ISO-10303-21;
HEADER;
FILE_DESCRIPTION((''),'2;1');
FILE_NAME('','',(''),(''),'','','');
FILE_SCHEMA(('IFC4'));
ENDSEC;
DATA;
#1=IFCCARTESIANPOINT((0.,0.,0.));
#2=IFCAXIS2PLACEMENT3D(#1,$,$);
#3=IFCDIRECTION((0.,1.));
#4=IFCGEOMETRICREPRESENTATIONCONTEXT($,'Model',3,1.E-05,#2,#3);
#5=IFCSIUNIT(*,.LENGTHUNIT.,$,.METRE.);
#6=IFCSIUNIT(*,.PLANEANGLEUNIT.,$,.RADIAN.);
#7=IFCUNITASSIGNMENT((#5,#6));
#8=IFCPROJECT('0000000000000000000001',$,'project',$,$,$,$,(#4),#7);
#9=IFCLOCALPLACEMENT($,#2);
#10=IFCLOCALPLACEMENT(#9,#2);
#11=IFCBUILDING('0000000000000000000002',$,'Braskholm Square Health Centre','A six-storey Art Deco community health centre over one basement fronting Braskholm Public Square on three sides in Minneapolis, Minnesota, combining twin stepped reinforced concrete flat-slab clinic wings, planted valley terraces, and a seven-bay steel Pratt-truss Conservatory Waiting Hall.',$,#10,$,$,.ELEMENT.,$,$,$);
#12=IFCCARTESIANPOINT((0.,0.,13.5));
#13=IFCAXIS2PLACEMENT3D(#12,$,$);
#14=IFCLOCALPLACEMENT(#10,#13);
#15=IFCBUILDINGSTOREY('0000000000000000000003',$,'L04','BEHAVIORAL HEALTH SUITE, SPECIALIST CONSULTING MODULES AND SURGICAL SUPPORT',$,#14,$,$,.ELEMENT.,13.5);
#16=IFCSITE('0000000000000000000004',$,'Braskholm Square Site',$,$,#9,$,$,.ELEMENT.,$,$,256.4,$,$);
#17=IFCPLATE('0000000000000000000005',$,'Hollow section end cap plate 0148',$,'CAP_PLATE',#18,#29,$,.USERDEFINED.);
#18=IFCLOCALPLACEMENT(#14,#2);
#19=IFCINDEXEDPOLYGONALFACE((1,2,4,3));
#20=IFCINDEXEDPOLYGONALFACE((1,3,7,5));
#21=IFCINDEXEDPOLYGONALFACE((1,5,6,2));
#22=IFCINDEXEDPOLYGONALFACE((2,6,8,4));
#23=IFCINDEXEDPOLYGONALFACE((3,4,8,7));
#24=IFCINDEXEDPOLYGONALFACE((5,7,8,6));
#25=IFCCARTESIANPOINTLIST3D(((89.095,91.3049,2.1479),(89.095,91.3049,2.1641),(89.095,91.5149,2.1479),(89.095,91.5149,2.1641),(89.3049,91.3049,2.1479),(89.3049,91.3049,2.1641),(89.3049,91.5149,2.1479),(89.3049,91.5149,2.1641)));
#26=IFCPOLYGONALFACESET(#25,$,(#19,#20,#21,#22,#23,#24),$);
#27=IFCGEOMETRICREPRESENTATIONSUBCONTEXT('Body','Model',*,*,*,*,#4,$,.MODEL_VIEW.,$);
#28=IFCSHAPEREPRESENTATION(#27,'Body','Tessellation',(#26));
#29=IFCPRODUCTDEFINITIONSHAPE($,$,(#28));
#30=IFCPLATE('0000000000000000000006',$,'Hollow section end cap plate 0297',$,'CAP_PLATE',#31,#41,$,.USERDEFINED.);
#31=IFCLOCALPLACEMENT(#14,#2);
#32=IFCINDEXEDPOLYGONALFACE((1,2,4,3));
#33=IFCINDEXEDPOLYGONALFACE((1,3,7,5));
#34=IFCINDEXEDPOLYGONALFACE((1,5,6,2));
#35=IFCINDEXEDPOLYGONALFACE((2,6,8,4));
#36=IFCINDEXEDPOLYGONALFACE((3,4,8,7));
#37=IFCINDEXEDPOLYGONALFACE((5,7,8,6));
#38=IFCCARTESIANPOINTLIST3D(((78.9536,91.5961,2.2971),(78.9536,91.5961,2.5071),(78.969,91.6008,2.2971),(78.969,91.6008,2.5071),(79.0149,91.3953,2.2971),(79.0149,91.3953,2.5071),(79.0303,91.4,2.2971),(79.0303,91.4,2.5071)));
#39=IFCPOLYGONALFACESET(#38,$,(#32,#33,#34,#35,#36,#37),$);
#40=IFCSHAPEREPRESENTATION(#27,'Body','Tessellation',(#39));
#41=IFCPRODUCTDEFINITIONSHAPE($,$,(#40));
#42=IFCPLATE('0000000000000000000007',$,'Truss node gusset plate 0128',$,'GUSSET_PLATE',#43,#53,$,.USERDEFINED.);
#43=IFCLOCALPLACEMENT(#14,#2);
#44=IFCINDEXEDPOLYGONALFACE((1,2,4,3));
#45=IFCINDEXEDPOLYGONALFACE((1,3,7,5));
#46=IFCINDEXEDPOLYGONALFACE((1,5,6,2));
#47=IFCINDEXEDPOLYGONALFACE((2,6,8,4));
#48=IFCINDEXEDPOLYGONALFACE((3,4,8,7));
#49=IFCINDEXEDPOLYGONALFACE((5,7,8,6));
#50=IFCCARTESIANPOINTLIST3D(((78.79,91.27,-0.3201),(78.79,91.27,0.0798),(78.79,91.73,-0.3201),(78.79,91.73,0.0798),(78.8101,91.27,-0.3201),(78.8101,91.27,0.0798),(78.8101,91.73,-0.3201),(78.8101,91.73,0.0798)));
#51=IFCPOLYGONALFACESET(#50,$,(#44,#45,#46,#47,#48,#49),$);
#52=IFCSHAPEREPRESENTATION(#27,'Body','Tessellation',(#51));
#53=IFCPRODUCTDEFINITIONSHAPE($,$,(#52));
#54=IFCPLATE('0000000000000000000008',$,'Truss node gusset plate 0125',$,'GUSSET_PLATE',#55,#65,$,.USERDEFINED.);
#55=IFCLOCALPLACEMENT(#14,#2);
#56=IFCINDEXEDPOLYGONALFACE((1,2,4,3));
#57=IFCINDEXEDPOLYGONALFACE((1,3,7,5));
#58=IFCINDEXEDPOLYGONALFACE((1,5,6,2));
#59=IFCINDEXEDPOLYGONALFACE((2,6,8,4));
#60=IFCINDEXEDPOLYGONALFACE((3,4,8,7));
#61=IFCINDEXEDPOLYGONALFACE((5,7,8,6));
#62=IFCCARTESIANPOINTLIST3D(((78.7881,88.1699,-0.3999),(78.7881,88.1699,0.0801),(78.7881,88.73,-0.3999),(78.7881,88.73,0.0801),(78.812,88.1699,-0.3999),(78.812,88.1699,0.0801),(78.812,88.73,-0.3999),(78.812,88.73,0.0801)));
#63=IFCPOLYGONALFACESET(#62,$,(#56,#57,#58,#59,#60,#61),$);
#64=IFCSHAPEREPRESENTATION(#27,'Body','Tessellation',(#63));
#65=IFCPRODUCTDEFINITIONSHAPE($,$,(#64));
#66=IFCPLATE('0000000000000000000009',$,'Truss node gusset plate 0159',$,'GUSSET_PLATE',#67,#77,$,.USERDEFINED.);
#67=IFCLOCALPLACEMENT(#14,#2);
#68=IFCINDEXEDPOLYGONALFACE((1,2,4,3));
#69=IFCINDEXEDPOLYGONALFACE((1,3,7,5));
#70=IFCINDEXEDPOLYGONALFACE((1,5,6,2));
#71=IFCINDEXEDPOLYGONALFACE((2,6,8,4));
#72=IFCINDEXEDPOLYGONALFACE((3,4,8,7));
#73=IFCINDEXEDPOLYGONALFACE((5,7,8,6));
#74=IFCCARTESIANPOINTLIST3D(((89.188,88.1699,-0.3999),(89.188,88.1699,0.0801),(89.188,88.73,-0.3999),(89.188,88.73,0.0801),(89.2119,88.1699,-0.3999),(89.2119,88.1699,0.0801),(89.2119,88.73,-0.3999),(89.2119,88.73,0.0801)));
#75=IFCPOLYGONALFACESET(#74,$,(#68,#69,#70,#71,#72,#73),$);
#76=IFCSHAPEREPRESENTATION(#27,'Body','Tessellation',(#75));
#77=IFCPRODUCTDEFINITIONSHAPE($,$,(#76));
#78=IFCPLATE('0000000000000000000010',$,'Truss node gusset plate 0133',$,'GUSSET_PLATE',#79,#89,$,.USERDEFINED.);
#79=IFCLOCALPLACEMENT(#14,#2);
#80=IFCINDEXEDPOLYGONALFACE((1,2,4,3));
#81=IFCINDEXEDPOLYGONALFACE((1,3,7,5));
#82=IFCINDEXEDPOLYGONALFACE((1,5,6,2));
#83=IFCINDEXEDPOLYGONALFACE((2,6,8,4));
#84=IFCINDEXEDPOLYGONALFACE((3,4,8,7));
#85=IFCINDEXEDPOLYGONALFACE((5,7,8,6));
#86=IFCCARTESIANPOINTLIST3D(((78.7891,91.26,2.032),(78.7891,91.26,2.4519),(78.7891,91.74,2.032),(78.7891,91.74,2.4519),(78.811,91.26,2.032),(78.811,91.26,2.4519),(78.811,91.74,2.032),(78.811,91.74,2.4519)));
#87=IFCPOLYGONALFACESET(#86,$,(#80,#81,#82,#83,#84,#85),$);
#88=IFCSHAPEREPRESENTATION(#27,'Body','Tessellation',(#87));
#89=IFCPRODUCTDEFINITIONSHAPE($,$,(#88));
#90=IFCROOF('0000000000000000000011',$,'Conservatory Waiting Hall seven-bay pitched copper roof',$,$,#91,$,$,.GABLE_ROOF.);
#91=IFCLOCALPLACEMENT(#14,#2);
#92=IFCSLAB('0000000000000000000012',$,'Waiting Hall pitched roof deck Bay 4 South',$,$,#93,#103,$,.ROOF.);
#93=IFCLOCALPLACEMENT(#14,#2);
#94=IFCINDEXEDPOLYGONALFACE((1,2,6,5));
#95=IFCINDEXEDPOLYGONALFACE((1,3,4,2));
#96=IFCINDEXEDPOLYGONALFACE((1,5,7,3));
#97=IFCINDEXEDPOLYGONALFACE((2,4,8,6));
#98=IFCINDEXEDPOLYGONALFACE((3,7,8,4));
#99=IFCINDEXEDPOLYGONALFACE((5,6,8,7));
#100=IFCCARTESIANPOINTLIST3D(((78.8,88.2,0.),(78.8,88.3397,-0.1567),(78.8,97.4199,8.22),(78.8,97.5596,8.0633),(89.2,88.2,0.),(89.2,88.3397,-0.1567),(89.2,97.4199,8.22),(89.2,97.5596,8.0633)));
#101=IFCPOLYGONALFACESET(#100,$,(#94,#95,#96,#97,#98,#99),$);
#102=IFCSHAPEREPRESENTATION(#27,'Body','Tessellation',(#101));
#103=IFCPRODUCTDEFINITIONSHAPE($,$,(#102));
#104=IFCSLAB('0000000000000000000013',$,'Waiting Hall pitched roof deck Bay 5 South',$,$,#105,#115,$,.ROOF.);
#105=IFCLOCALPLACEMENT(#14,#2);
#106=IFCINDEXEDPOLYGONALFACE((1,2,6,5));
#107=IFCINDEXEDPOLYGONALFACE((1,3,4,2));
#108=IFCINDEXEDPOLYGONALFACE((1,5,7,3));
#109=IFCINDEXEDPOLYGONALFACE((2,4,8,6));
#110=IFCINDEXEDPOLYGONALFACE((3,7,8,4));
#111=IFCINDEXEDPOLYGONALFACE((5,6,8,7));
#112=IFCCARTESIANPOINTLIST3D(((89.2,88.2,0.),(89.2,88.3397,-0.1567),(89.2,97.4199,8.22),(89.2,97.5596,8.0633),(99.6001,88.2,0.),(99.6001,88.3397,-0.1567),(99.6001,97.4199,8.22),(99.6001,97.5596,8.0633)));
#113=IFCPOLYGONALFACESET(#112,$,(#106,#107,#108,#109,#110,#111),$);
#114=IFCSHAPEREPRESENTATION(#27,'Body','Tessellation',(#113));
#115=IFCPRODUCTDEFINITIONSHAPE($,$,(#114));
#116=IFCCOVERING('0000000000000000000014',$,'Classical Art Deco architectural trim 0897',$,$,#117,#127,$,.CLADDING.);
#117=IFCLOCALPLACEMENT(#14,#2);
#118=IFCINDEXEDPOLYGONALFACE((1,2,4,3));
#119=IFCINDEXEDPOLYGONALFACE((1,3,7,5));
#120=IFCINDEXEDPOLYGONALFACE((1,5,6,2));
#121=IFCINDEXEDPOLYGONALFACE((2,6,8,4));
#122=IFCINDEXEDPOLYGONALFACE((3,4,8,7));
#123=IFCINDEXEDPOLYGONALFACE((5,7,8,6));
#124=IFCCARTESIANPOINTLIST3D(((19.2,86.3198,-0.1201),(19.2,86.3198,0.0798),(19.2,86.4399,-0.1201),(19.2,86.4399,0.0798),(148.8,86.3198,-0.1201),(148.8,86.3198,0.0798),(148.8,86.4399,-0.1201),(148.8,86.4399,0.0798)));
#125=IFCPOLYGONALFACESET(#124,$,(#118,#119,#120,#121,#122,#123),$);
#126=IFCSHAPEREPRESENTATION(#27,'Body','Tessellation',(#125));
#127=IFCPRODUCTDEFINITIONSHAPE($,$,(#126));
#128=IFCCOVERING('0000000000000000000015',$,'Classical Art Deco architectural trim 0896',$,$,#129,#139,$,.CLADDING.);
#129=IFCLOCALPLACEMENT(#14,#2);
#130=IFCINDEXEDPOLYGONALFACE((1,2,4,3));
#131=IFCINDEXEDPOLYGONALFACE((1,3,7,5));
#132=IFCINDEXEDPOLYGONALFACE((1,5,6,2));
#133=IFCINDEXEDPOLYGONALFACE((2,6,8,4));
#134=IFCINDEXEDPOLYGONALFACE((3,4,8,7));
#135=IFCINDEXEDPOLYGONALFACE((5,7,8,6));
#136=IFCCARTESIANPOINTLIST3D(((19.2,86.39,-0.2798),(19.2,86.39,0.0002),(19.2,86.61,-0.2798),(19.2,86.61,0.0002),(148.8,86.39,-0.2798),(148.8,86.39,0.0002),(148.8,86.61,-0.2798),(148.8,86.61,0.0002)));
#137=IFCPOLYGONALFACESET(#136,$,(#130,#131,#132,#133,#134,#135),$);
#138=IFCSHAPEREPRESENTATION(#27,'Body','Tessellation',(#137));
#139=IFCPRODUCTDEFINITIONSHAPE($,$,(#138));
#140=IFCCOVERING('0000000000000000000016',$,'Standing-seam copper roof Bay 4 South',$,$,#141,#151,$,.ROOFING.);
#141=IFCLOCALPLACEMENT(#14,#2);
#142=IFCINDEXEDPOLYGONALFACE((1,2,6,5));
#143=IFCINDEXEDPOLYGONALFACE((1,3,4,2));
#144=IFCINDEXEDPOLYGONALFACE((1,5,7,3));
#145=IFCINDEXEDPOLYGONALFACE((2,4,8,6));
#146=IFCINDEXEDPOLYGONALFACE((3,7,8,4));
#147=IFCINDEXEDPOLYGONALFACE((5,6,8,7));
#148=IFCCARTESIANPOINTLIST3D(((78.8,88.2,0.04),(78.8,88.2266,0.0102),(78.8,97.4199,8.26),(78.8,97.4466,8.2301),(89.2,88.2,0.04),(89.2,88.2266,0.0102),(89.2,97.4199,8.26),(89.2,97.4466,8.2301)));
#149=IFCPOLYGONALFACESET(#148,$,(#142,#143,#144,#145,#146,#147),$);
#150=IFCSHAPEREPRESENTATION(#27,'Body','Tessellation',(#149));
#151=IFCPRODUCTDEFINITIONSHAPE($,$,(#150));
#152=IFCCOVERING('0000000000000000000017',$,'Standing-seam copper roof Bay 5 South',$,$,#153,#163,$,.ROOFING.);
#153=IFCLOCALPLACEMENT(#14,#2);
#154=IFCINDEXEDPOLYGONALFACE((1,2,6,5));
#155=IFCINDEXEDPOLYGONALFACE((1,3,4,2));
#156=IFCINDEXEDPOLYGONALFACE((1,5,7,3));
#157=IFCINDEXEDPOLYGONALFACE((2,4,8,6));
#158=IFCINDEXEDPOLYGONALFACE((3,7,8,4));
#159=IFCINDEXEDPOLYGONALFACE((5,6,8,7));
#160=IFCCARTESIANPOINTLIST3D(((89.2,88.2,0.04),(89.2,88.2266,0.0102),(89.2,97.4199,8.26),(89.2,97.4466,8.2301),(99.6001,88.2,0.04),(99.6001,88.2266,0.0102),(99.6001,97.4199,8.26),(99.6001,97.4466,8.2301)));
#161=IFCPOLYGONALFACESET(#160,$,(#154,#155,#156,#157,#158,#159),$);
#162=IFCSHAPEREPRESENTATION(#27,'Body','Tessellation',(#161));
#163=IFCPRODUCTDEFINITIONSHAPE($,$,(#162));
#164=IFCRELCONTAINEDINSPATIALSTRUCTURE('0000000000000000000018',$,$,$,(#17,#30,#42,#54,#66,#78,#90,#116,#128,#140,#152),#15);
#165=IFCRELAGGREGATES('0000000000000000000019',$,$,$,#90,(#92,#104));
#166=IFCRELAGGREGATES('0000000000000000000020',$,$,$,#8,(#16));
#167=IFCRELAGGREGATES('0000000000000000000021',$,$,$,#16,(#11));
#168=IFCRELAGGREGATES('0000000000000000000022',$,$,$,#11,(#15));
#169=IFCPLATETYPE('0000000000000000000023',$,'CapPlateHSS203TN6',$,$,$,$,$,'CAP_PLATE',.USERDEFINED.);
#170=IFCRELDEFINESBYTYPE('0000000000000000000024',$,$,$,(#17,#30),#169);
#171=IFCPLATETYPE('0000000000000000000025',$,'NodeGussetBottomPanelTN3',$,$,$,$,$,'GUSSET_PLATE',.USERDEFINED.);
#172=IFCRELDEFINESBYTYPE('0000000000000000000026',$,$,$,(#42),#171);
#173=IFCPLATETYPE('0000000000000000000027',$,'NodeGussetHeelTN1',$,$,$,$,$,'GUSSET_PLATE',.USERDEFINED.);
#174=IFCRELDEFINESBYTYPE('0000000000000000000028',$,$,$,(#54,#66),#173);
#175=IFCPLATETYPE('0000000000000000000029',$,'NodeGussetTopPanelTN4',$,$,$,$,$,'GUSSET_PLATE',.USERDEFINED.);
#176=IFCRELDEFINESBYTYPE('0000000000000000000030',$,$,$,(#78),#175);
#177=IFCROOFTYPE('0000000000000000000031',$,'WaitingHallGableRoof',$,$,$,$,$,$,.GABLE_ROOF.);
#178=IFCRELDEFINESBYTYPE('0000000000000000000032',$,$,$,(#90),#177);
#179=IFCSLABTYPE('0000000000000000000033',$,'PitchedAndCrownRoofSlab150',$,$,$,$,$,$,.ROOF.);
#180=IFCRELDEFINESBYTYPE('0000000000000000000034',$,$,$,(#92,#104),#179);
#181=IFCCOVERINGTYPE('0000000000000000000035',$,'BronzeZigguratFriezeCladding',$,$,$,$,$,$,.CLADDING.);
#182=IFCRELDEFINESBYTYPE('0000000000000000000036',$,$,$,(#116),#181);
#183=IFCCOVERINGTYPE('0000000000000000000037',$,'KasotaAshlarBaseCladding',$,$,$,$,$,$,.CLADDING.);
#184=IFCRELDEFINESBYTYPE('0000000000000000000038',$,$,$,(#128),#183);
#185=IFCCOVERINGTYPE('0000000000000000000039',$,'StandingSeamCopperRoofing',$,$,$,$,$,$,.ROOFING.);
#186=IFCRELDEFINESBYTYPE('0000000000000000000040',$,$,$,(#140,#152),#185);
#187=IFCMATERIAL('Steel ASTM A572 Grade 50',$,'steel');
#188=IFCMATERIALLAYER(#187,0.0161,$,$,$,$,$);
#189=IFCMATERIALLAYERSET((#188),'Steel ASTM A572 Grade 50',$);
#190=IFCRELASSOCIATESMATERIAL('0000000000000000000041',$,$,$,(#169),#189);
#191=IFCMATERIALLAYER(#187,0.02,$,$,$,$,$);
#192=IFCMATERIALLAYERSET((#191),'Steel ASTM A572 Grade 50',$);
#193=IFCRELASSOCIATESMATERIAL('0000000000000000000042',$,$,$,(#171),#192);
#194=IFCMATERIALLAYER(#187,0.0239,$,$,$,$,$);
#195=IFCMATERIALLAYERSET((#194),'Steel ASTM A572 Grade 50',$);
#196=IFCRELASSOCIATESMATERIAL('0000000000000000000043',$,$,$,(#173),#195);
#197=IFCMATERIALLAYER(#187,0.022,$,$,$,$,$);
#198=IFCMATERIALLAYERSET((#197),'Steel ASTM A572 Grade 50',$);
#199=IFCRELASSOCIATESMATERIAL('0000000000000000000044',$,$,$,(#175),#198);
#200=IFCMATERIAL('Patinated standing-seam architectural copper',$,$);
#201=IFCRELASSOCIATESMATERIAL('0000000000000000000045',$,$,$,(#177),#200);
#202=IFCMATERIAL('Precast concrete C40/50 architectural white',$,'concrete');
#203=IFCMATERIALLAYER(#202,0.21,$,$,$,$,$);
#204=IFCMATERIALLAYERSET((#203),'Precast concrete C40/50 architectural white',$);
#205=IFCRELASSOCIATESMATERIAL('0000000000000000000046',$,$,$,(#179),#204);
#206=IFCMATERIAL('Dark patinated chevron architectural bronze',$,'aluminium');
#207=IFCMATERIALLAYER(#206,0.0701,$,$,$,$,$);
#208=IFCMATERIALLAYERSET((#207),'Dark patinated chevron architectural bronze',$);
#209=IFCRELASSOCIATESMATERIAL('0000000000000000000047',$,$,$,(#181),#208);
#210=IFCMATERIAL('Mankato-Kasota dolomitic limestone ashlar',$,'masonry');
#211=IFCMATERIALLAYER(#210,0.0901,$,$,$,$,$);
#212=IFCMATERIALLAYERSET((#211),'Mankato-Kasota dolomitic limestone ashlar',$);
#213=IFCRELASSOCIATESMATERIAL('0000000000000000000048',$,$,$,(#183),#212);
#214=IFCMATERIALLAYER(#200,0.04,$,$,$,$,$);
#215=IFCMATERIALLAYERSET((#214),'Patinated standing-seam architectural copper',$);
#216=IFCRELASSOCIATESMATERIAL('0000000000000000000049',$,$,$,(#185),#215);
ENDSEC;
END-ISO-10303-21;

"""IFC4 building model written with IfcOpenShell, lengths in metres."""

from ifc_helpers import new_model, si_unit, direction, frame, origin, origin_2d, place, context, subcontext, project, spatial, polyline, rectangle, outline, extrude, material, layer, layer_set, type_object, element, aggregate, save


model = new_model("IFC4")

# Units and contexts
model_context = context("Model", 3, precision=1e-05, world=origin(), true_north=direction((0.0, 1.0)))
body_context = subcontext(model_context, "Body", "Model", "MODEL_VIEW")
ifc_project = project(units=[si_unit("LENGTHUNIT", "METRE"), si_unit("PLANEANGLEUNIT", "RADIAN")], contexts=[model_context])

# Site, building, storey
site_placement = place(None, origin())
site = spatial("IfcSite", under=ifc_project, at=site_placement, Name="Braskholm Square Site", CompositionType="ELEMENT", RefElevation=256.4)
building_placement = place(site_placement, origin())
building = spatial("IfcBuilding", under=site, at=building_placement, Name="Braskholm Square Health Centre", Description="A six-storey Art Deco community health centre over one basement fronting Braskholm Public Square on three sides in Minneapolis, Minnesota, combining twin stepped reinforced concrete flat-slab clinic wings, planted valley terraces, and a seven-bay steel Pratt-truss Conservatory Waiting Hall.", CompositionType="ELEMENT")
storey_placement = place(building_placement, frame((0.0, 0.0, 13.5)))
storey = spatial("IfcBuildingStorey", under=building, at=storey_placement, Name="L04", Description="BEHAVIORAL HEALTH SUITE, SPECIALIST CONSULTING MODULES AND SURGICAL SUPPORT", CompositionType="ELEMENT", Elevation=13.5)

# Plates
ifc_material_1 = material(Name="Steel ASTM A572 Grade 50", Category="steel")
ifc_layer_1 = layer(ifc_material_1, 0.0161)
ifc_layer_set_1 = layer_set([ifc_layer_1], Name="Steel ASTM A572 Grade 50")
plate_type_1 = type_object("IfcPlateType", Name="CapPlateHSS203TN6", ElementType="CAP_PLATE", PredefinedType="USERDEFINED", material=ifc_layer_set_1)
for number, where, z_axis, x_axis, name in (
    (1, (89.2, 91.4099, 2.1479), (0.0, 0.0, 1.0), (1.0, 0.0, 0.0), "Hollow section end cap plate 0148"),
):
    element("IfcPlate", number, at=place(storey_placement, frame(where, z_axis=z_axis, x_axis=x_axis)), inside=storey, type_object=plate_type_1, Name=name, ObjectType="CAP_PLATE", PredefinedType="USERDEFINED", context=body_context, shape_type="SweptSolid", body=[
        extrude(rectangle(XDim=0.21, YDim=0.21, at=origin_2d()), origin(), (0.0, 0.0, 1.0), 0.0161),
    ])
plate_1_placement = place(storey_placement, frame((78.9919, 91.498, 2.2971), z_axis=(0.0, 0.0, 1.0), x_axis=(0.956498, 0.291737, 0.0)))
element("IfcPlate", 2, at=plate_1_placement, inside=storey, type_object=plate_type_1, Name="Hollow section end cap plate 0297", ObjectType="CAP_PLATE", PredefinedType="USERDEFINED", context=body_context, shape_type="SweptSolid", body=[
    extrude(rectangle(XDim=0.0161, YDim=0.21, at=origin_2d()), origin(), (0.0, 0.0, 1.0), 0.21),
])
ifc_layer_2 = layer(ifc_material_1, 0.02)
ifc_layer_set_2 = layer_set([ifc_layer_2], Name="Steel ASTM A572 Grade 50")
plate_type_2 = type_object("IfcPlateType", Name="NodeGussetBottomPanelTN3", ElementType="GUSSET_PLATE", PredefinedType="USERDEFINED", material=ifc_layer_set_2)
plate_2_placement = place(storey_placement, frame((78.8, 91.5, -0.3201), z_axis=(0.0, 0.0, 1.0), x_axis=(1.0, 0.0, 0.0)))
element("IfcPlate", 3, at=plate_2_placement, inside=storey, type_object=plate_type_2, Name="Truss node gusset plate 0128", ObjectType="GUSSET_PLATE", PredefinedType="USERDEFINED", context=body_context, shape_type="SweptSolid", body=[
    extrude(rectangle(XDim=0.02, YDim=0.46, at=origin_2d()), origin(), (0.0, 0.0, 1.0), 0.3999),
])
ifc_layer_3 = layer(ifc_material_1, 0.0239)
ifc_layer_set_3 = layer_set([ifc_layer_3], Name="Steel ASTM A572 Grade 50")
plate_type_3 = type_object("IfcPlateType", Name="NodeGussetHeelTN1", ElementType="GUSSET_PLATE", PredefinedType="USERDEFINED", material=ifc_layer_set_3)
for number, where, z_axis, x_axis, name in (
    (4, (78.8, 88.45, -0.3999), (0.0, 0.0, 1.0), (1.0, 0.0, 0.0), "Truss node gusset plate 0125"),
    (5, (89.2, 88.45, -0.3999), (0.0, 0.0, 1.0), (1.0, 0.0, 0.0), "Truss node gusset plate 0159"),
):
    element("IfcPlate", number, at=place(storey_placement, frame(where, z_axis=z_axis, x_axis=x_axis)), inside=storey, type_object=plate_type_3, Name=name, ObjectType="GUSSET_PLATE", PredefinedType="USERDEFINED", context=body_context, shape_type="SweptSolid", body=[
        extrude(rectangle(XDim=0.0239, YDim=0.5601, at=origin_2d()), origin(), (0.0, 0.0, 1.0), 0.48),
    ])
ifc_layer_4 = layer(ifc_material_1, 0.022)
ifc_layer_set_4 = layer_set([ifc_layer_4], Name="Steel ASTM A572 Grade 50")
plate_type_4 = type_object("IfcPlateType", Name="NodeGussetTopPanelTN4", ElementType="GUSSET_PLATE", PredefinedType="USERDEFINED", material=ifc_layer_set_4)
plate_3_placement = place(storey_placement, frame((78.8, 91.5, 2.032), z_axis=(0.0, 0.0, 1.0), x_axis=(1.0, 0.0, 0.0)))
element("IfcPlate", 6, at=plate_3_placement, inside=storey, type_object=plate_type_4, Name="Truss node gusset plate 0133", ObjectType="GUSSET_PLATE", PredefinedType="USERDEFINED", context=body_context, shape_type="SweptSolid", body=[
    extrude(rectangle(XDim=0.022, YDim=0.48, at=origin_2d()), origin(), (0.0, 0.0, 1.0), 0.4199),
])

# Roof, slabs
ifc_material_2 = material(Name="Patinated standing-seam architectural copper")
roof_type = type_object("IfcRoofType", Name="WaitingHallGableRoof", PredefinedType="GABLE_ROOF", material=ifc_material_2)
roof_placement = place(storey_placement, origin())
roof = element("IfcRoof", 7, at=roof_placement, inside=storey, type_object=roof_type, Name="Conservatory Waiting Hall seven-bay pitched copper roof", PredefinedType="GABLE_ROOF")
ifc_material_3 = material(Name="Precast concrete C40/50 architectural white", Category="concrete")
ifc_layer_5 = layer(ifc_material_3, 0.21)
ifc_layer_set_5 = layer_set([ifc_layer_5], Name="Precast concrete C40/50 architectural white")
slab_type = type_object("IfcSlabType", Name="PitchedAndCrownRoofSlab150", PredefinedType="ROOF", material=ifc_layer_set_5)
slab_1_placement = place(storey_placement, frame((78.8, 88.2, 0.0), z_axis=(0.0, -0.665468, 0.746426), x_axis=(1.0, 0.0, 0.0)))
slab_1 = element("IfcSlab", 8, at=slab_1_placement, type_object=slab_type, Name="Waiting Hall pitched roof deck Bay 4 South", PredefinedType="ROOF", context=body_context, shape_type="SweptSolid", body=[
    extrude(outline(polyline([(0.0, 0.0), (10.3999, 0.0), (10.3999, 12.3522), (0.0, 12.3522), (0.0, 0.0)])), origin(), (0.0, 0.0, -1.0), 0.21),
])
slab_2_placement = place(storey_placement, frame((89.2, 88.2, 0.0), z_axis=(0.0, -0.665468, 0.746426), x_axis=(1.0, 0.0, 0.0)))
slab_2 = element("IfcSlab", 9, at=slab_2_placement, type_object=slab_type, Name="Waiting Hall pitched roof deck Bay 5 South", PredefinedType="ROOF", context=body_context, shape_type="SweptSolid", body=[
    extrude(outline(polyline([(0.0, 0.0), (10.4001, 0.0), (10.4001, 12.3522), (0.0, 12.3522), (0.0, 0.0)])), origin(), (0.0, 0.0, -1.0), 0.21),
])
aggregate(roof, [slab_1, slab_2])

# Coverings
ifc_material_4 = material(Name="Dark patinated chevron architectural bronze", Category="aluminium")
ifc_layer_6 = layer(ifc_material_4, 0.0701)
ifc_layer_set_6 = layer_set([ifc_layer_6], Name="Dark patinated chevron architectural bronze")
covering_type_1 = type_object("IfcCoveringType", Name="BronzeZigguratFriezeCladding", PredefinedType="CLADDING", material=ifc_layer_set_6)
covering_1_placement = place(storey_placement, frame((84.0, 86.3799, -0.1201), z_axis=(0.0, 0.0, 1.0), x_axis=(1.0, 0.0, 0.0)))
element("IfcCovering", 10, at=covering_1_placement, inside=storey, type_object=covering_type_1, Name="Classical Art Deco architectural trim 0897", PredefinedType="CLADDING", context=body_context, shape_type="SweptSolid", body=[
    extrude(rectangle(XDim=129.6001, YDim=0.1201, at=origin_2d()), origin(), (0.0, 0.0, 1.0), 0.2),
])
ifc_material_5 = material(Name="Mankato-Kasota dolomitic limestone ashlar", Category="masonry")
ifc_layer_7 = layer(ifc_material_5, 0.0901)
ifc_layer_set_7 = layer_set([ifc_layer_7], Name="Mankato-Kasota dolomitic limestone ashlar")
covering_type_2 = type_object("IfcCoveringType", Name="KasotaAshlarBaseCladding", PredefinedType="CLADDING", material=ifc_layer_set_7)
covering_2_placement = place(storey_placement, frame((84.0, 86.5, -0.2798), z_axis=(0.0, 0.0, 1.0), x_axis=(1.0, 0.0, 0.0)))
element("IfcCovering", 11, at=covering_2_placement, inside=storey, type_object=covering_type_2, Name="Classical Art Deco architectural trim 0896", PredefinedType="CLADDING", context=body_context, shape_type="SweptSolid", body=[
    extrude(rectangle(XDim=129.6001, YDim=0.22, at=origin_2d()), origin(), (0.0, 0.0, 1.0), 0.28),
])
ifc_layer_8 = layer(ifc_material_2, 0.04)
ifc_layer_set_8 = layer_set([ifc_layer_8], Name="Patinated standing-seam architectural copper")
covering_type_3 = type_object("IfcCoveringType", Name="StandingSeamCopperRoofing", PredefinedType="ROOFING", material=ifc_layer_set_8)
covering_3_placement = place(storey_placement, frame((78.8, 88.2, 0.04), z_axis=(0.0, -0.665468, 0.746426), x_axis=(1.0, 0.0, 0.0)))
element("IfcCovering", 12, at=covering_3_placement, inside=storey, type_object=covering_type_3, Name="Standing-seam copper roof Bay 4 South", PredefinedType="ROOFING", context=body_context, shape_type="SweptSolid", body=[
    extrude(outline(polyline([(0.0, 0.0), (10.3999, 0.0), (10.3999, 12.3522), (0.0, 12.3522), (0.0, 0.0)])), origin(), (0.0, 0.0, -1.0), 0.04),
])
covering_4_placement = place(storey_placement, frame((89.2, 88.2, 0.04), z_axis=(0.0, -0.665468, 0.746426), x_axis=(1.0, 0.0, 0.0)))
element("IfcCovering", 13, at=covering_4_placement, inside=storey, type_object=covering_type_3, Name="Standing-seam copper roof Bay 5 South", PredefinedType="ROOFING", context=body_context, shape_type="SweptSolid", body=[
    extrude(outline(polyline([(0.0, 0.0), (10.4001, 0.0), (10.4001, 12.3522), (0.0, 12.3522), (0.0, 0.0)])), origin(), (0.0, 0.0, -1.0), 0.04),
])

save(model, "model.ifc")
